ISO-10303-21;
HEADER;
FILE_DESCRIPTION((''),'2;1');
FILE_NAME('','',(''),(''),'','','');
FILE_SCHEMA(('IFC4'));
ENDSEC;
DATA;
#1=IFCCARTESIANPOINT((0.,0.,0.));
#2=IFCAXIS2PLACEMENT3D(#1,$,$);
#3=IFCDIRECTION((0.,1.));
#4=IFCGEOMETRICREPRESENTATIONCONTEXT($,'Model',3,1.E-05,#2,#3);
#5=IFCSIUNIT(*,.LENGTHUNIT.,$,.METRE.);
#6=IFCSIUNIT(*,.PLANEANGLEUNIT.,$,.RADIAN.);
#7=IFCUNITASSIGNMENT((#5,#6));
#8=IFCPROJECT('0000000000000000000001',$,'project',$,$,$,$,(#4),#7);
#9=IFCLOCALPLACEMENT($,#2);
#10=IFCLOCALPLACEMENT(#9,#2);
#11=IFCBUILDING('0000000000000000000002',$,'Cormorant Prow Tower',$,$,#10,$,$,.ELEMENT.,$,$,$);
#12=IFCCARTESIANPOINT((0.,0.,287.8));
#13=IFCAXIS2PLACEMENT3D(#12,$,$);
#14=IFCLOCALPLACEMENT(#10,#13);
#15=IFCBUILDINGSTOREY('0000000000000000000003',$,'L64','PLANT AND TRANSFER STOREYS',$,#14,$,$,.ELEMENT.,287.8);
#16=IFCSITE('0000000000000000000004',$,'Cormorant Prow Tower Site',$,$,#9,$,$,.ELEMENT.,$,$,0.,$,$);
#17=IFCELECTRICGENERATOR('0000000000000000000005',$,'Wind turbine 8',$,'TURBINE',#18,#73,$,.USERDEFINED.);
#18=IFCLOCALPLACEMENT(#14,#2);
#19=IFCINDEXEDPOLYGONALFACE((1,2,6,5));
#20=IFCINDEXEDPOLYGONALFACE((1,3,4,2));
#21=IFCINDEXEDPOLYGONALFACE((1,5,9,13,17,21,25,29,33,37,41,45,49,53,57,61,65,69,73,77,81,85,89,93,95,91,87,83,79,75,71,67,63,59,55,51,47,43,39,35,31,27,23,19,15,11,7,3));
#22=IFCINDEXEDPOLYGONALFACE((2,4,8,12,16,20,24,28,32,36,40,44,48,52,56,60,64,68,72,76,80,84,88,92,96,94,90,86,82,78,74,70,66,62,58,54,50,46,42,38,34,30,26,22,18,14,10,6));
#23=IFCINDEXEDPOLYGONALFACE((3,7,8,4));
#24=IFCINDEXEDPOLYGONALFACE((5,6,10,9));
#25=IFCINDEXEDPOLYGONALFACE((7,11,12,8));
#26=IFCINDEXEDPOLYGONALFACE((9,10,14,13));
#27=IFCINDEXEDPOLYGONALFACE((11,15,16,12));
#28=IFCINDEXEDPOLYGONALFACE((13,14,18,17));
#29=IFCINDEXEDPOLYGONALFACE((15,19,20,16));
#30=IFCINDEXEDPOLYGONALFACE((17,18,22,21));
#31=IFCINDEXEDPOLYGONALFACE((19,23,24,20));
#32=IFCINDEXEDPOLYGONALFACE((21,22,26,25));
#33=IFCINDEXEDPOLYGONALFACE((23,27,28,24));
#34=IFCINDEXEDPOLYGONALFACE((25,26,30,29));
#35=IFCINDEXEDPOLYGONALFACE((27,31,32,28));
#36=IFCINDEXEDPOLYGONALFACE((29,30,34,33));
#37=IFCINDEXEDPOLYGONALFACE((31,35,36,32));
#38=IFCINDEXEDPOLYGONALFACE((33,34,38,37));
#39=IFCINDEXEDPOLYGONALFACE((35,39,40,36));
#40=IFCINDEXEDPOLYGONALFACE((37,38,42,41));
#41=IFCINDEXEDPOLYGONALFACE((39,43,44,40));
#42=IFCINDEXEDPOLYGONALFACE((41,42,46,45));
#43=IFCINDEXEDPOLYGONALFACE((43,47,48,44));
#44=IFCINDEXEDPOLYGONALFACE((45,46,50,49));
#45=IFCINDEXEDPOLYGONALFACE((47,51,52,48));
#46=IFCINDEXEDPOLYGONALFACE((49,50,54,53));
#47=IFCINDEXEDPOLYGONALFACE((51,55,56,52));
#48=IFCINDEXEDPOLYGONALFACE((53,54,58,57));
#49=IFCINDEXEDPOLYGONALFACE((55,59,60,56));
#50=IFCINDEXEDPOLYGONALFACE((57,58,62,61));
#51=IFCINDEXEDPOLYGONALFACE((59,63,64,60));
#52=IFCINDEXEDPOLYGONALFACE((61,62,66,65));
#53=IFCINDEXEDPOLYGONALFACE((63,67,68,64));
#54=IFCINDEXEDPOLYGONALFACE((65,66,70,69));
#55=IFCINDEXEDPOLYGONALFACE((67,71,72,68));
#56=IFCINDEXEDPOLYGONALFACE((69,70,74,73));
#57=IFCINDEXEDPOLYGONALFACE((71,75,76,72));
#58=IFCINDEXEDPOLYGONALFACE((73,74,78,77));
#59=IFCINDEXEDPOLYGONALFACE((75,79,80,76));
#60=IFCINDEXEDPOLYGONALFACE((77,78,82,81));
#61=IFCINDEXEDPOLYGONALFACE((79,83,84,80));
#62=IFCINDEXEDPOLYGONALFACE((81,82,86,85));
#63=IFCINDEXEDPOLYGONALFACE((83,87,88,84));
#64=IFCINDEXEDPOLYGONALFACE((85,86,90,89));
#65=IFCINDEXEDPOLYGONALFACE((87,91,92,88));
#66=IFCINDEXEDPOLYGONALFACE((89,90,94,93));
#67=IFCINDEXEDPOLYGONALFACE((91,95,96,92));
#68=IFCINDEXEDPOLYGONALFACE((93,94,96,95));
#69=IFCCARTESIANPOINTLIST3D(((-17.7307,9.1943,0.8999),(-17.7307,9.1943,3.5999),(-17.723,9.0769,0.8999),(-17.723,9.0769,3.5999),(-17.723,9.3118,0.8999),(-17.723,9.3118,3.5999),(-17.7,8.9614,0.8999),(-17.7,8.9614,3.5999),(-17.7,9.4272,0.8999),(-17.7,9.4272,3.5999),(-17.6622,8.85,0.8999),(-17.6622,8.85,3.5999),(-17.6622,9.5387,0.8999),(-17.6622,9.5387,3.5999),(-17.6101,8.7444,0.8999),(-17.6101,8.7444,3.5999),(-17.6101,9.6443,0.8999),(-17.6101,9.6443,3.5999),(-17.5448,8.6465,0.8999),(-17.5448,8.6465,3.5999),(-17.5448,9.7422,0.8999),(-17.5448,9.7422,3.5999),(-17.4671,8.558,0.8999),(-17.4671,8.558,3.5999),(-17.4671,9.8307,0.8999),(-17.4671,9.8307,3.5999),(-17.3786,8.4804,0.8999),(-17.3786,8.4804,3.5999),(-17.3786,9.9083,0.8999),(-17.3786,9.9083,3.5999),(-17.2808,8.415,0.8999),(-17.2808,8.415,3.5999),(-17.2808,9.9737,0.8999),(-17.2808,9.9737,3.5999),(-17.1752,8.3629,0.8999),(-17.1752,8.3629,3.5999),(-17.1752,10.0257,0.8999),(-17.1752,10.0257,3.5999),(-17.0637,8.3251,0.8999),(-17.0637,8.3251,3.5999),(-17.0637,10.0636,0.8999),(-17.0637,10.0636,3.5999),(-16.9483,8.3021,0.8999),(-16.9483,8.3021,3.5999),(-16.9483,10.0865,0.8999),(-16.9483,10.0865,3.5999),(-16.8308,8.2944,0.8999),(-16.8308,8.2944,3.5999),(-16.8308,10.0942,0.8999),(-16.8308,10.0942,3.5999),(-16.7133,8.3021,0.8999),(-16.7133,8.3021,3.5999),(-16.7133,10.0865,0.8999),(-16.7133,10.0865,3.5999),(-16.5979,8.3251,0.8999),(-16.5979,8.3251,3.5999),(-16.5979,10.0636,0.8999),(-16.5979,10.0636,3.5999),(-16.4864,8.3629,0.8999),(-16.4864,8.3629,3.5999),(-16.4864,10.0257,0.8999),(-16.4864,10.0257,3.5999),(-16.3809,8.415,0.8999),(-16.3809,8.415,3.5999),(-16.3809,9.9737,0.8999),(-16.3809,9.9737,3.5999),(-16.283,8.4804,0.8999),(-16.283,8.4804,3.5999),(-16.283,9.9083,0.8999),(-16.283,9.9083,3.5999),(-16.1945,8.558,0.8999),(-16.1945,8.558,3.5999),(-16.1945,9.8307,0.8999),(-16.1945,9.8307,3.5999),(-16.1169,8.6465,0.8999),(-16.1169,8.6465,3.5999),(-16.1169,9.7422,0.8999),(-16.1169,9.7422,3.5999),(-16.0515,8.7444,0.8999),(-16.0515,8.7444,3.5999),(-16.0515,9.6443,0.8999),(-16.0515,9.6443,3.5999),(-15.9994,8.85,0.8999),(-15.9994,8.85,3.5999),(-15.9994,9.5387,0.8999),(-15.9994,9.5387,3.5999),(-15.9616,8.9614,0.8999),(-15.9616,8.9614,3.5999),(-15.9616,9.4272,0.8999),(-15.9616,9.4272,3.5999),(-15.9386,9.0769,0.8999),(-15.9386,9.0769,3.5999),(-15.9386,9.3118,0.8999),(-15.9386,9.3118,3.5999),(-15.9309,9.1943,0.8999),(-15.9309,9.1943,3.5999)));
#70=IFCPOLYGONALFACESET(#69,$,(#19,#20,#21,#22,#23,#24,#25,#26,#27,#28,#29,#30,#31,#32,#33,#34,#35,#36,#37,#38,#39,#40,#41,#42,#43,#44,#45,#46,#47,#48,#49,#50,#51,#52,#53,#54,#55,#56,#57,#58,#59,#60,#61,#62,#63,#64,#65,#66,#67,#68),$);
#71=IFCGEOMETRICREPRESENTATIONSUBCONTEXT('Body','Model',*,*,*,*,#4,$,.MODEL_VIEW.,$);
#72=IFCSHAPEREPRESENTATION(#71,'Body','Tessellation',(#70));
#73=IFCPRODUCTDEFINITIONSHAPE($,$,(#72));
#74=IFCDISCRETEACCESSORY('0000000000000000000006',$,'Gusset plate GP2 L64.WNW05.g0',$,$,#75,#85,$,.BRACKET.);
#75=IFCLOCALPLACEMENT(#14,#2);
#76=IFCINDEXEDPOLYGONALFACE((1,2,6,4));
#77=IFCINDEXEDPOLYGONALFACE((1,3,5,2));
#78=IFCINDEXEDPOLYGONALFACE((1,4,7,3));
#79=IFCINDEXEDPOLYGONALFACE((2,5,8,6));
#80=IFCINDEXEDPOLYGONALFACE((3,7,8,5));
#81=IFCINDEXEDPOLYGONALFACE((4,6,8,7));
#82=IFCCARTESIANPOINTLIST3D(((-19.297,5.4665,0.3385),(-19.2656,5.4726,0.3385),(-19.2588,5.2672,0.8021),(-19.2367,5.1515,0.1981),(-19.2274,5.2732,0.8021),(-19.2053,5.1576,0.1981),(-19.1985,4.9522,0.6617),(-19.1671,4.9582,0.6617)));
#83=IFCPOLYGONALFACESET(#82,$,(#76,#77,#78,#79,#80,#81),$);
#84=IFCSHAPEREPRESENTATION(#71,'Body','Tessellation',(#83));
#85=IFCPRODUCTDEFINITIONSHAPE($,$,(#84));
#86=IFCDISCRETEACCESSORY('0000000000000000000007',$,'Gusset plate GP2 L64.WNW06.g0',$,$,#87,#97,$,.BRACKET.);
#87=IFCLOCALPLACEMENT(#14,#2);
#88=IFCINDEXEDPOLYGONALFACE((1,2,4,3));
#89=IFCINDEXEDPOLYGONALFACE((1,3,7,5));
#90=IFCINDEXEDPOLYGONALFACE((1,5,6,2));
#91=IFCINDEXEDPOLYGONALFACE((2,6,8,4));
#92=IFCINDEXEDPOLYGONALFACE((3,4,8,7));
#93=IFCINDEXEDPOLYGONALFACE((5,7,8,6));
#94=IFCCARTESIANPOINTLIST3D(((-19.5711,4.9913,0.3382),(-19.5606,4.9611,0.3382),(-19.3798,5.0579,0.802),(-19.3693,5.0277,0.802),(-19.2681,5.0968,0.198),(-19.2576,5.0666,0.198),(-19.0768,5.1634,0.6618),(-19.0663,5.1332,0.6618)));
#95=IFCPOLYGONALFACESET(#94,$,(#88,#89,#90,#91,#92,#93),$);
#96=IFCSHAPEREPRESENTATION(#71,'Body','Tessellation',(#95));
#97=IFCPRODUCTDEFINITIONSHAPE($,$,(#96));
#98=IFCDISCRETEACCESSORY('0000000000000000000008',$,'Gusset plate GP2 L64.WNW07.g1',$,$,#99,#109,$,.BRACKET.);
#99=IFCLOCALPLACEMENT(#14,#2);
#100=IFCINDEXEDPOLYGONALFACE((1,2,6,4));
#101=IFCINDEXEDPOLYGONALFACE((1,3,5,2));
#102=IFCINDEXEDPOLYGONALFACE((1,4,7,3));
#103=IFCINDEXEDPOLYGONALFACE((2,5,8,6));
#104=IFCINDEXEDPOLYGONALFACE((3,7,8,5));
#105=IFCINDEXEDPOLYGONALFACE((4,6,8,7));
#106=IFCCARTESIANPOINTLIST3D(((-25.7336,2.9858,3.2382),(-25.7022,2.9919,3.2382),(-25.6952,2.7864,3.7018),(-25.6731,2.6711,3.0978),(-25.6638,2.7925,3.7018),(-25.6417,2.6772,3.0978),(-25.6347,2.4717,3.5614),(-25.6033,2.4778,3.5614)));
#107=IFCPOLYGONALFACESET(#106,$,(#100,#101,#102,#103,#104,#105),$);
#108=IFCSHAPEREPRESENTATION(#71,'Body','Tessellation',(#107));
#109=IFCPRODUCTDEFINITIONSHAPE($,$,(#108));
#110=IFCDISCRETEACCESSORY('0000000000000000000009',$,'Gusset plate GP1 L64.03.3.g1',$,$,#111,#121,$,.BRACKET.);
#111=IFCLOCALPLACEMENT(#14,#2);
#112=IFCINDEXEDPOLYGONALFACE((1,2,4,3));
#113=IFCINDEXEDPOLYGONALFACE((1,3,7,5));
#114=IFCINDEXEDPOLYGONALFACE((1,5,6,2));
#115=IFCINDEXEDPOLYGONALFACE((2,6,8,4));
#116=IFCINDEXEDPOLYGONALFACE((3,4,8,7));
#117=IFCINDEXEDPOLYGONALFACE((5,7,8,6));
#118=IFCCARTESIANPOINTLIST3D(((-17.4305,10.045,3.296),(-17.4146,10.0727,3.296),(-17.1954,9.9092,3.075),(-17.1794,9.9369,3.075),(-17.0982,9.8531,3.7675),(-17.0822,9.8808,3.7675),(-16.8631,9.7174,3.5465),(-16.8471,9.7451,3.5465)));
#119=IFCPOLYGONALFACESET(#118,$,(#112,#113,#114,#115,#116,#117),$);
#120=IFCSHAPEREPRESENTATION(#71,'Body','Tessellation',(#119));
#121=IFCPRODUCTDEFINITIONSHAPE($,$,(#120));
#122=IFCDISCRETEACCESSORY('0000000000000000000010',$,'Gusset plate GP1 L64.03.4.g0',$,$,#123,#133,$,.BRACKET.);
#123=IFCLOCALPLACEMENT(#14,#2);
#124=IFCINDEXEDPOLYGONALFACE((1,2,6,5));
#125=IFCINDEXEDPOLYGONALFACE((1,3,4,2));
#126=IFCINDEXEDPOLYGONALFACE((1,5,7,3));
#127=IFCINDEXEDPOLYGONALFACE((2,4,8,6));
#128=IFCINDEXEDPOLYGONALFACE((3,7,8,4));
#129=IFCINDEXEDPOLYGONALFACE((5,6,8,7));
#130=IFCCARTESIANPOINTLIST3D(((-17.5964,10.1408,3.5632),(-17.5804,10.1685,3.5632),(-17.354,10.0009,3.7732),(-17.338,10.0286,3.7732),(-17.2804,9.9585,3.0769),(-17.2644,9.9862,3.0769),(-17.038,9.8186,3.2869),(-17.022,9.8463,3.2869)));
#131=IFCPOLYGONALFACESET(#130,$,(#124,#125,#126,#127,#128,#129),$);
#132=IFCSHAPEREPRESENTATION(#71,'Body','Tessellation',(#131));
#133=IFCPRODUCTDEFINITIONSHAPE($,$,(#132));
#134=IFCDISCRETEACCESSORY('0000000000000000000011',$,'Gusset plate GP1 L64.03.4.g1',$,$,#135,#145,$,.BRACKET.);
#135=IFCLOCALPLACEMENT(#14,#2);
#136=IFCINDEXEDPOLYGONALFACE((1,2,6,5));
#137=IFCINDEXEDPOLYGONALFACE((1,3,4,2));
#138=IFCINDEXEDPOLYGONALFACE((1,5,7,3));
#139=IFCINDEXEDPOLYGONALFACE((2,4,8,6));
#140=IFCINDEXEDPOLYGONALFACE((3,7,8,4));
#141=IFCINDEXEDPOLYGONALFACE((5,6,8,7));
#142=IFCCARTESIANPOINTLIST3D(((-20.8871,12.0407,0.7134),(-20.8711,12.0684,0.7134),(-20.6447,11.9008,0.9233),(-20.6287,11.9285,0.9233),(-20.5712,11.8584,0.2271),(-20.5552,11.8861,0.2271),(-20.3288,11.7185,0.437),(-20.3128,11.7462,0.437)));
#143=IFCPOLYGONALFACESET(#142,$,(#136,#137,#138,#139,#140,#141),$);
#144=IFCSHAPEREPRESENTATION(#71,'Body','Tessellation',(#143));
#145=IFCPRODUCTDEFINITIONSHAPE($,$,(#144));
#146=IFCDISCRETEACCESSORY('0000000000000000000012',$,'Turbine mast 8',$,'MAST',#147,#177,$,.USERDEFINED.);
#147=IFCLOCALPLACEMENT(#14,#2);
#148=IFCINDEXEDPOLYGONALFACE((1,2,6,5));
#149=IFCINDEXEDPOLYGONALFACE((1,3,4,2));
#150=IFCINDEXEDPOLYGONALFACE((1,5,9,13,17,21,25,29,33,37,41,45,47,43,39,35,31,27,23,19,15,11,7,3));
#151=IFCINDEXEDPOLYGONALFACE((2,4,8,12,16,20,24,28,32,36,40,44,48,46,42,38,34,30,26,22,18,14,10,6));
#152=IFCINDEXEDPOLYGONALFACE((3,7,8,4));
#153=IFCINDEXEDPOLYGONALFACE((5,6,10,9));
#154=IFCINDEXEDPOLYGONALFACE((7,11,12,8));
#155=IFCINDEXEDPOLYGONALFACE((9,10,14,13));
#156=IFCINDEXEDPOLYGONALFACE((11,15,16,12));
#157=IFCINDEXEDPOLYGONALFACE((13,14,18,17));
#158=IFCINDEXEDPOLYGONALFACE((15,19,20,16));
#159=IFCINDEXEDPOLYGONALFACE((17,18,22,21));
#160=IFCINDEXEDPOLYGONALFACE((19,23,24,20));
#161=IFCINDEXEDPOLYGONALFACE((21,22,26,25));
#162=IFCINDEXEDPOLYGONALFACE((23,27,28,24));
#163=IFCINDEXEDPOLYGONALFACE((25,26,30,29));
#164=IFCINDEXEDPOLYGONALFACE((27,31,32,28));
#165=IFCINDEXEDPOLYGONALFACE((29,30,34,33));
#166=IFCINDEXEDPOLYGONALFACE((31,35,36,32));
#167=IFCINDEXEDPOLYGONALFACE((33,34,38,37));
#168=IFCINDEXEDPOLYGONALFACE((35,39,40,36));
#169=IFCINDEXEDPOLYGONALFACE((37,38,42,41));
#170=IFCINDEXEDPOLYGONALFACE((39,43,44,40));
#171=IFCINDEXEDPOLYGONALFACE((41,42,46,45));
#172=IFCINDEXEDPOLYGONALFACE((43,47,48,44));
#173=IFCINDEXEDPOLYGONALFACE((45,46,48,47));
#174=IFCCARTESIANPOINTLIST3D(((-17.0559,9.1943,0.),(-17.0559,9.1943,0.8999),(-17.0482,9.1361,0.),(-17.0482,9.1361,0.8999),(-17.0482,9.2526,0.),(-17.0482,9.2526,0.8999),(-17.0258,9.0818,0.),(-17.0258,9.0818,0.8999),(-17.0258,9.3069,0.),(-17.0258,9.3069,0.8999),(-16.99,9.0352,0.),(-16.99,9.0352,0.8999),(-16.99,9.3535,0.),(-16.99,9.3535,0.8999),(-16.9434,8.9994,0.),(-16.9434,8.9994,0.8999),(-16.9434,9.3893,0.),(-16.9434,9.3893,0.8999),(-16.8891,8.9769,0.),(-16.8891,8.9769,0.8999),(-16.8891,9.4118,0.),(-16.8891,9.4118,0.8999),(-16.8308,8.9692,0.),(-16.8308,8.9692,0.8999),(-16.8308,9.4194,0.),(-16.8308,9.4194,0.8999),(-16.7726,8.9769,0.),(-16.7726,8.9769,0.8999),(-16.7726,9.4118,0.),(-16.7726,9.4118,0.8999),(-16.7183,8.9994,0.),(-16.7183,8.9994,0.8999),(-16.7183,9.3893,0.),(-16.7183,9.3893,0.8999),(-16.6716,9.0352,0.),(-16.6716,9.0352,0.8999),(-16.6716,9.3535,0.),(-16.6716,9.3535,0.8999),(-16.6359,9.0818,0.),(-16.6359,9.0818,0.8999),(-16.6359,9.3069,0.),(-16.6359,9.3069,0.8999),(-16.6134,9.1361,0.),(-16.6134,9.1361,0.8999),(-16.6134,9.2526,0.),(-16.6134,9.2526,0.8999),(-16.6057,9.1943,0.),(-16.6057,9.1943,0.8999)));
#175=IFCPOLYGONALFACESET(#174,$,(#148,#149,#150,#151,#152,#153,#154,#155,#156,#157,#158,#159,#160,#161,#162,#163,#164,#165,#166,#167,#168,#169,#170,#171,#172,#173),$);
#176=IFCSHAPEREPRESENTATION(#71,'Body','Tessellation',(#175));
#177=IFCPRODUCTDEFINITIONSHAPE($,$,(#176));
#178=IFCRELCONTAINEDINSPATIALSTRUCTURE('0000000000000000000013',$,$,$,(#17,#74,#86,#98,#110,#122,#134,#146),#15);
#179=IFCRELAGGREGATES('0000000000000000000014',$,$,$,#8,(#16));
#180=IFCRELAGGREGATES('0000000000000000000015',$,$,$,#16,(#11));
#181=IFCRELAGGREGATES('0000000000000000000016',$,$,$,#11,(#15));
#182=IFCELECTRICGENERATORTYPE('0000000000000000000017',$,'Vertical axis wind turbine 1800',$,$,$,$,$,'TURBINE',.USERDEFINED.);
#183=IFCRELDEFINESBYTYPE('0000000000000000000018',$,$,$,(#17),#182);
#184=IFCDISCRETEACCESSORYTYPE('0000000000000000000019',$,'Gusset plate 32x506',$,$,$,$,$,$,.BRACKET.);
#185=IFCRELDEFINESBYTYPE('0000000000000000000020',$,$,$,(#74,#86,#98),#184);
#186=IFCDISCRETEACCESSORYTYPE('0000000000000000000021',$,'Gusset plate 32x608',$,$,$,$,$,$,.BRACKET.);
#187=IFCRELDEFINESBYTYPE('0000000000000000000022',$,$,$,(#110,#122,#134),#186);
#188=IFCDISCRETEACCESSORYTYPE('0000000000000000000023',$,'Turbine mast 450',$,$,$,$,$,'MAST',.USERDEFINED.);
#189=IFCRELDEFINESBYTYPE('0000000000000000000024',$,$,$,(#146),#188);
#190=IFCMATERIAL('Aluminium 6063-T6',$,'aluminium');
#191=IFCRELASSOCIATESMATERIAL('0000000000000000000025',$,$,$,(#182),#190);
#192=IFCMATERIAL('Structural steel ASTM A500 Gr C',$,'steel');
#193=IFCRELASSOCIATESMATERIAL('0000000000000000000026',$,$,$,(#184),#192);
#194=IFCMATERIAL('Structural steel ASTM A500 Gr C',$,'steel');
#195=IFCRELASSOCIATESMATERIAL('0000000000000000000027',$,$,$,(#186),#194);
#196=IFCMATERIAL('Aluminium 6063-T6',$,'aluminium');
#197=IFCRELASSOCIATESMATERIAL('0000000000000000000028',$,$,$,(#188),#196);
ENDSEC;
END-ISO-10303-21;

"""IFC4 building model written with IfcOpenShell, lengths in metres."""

from ifc_helpers import new_model, si_unit, direction, frame, origin, origin_2d, place, context, subcontext, project, spatial, rectangle, circle, extrude, material, material_profile, profile_set, type_object, element, save


model = new_model("IFC4")

# Units and contexts
model_context = context("Model", 3, precision=1e-05, world=origin(), true_north=direction((0.0, 1.0)))
body_context = subcontext(model_context, "Body", "Model", "MODEL_VIEW")
ifc_project = project(units=[si_unit("LENGTHUNIT", "METRE"), si_unit("PLANEANGLEUNIT", "RADIAN")], contexts=[model_context])

# Site, building, storey
site_placement = place(None, origin())
site = spatial("IfcSite", under=ifc_project, at=site_placement, Name="Cormorant Prow Tower Site", CompositionType="ELEMENT", RefElevation=0.0)
building_placement = place(site_placement, origin())
building = spatial("IfcBuilding", under=site, at=building_placement, Name="Cormorant Prow Tower", CompositionType="ELEMENT")
storey_placement = place(building_placement, frame((0.0, 0.0, 287.8)))
storey = spatial("IfcBuildingStorey", under=building, at=storey_placement, Name="L64", Description="PLANT AND TRANSFER STOREYS", CompositionType="ELEMENT", Elevation=287.8)

# Electric generator
ifc_material_1 = material(Name="Aluminium 6063-T6", Category="aluminium")
ifc_material_profile_1 = material_profile(ifc_material_1, circle(Radius=0.8999, at=origin_2d()), Name="Vertical axis wind turbine 1800")
ifc_profile_set_1 = profile_set([ifc_material_profile_1], Name="Aluminium 6063-T6")
electric_generator_type = type_object("IfcElectricGeneratorType", Name="Vertical axis wind turbine 1800", ElementType="TURBINE", PredefinedType="USERDEFINED", material=ifc_profile_set_1)
electric_generator_placement = place(storey_placement, frame((-16.8308, 9.1943, 0.8999), z_axis=(0.0, 0.0, 1.0), x_axis=(1.0, 0.0, 0.0)))
element("IfcElectricGenerator", 1, at=electric_generator_placement, inside=storey, type_object=electric_generator_type, Name="Wind turbine 8", ObjectType="TURBINE", PredefinedType="USERDEFINED", context=body_context, shape_type="SweptSolid", body=[
    extrude(circle(Radius=0.8999, at=origin_2d()), origin(), (0.0, 0.0, 1.0), 2.7),
])

# Discrete accessories
ifc_material_2 = material(Name="Structural steel ASTM A500 Gr C", Category="steel")
ifc_material_profile_2 = material_profile(ifc_material_2, rectangle(XDim=0.032, YDim=0.5061, at=origin_2d()), Name="Gusset plate 32x506")
ifc_profile_set_2 = profile_set([ifc_material_profile_2], Name="Structural steel ASTM A500 Gr C")
discrete_accessory_type_1 = type_object("IfcDiscreteAccessoryType", Name="Gusset plate 32x506", PredefinedType="BRACKET", material=ifc_profile_set_2)
for number, where, z_axis, x_axis, name in (
    (2, (-19.2622, 5.3699, 0.5703), (0.172272, -0.899718, -0.401037), (0.982158, 0.188057, 0.0), "Gusset plate GP2 L64.WNW05.g0"),
    (3, (-19.4702, 5.0095, 0.5701), (0.865448, 0.301268, -0.400296), (-0.328757, 0.944415, 0.0), "Gusset plate GP2 L64.WNW06.g0"),
):
    element("IfcDiscreteAccessory", number, at=place(storey_placement, frame(where, z_axis=z_axis, x_axis=x_axis)), inside=storey, type_object=discrete_accessory_type_1, Name=name, PredefinedType="BRACKET", context=body_context, shape_type="SweptSolid", body=[
        extrude(rectangle(XDim=0.032, YDim=0.5061, at=origin_2d()), origin(), (0.0, 0.0, 1.0), 0.3501),
    ])
discrete_accessory_1_placement = place(storey_placement, frame((-25.6382, 2.5745, 3.3296), z_axis=(-0.173057, 0.899476, 0.40124), x_axis=(-0.98199, -0.188932, 0.0)))
element("IfcDiscreteAccessory", 4, at=discrete_accessory_1_placement, inside=storey, type_object=discrete_accessory_type_1, Name="Gusset plate GP2 L64.WNW07.g1", PredefinedType="BRACKET", context=body_context, shape_type="SweptSolid", body=[
    extrude(rectangle(XDim=0.032, YDim=0.5061, at=origin_2d()), origin(), (0.0, 0.0, 1.0), 0.3499),
])
ifc_material_3 = material(Name="Structural steel ASTM A500 Gr C", Category="steel")
ifc_material_profile_3 = material_profile(ifc_material_3, rectangle(XDim=0.032, YDim=0.6079, at=origin_2d()), Name="Gusset plate 32x608")
ifc_profile_set_3 = profile_set([ifc_material_profile_3], Name="Structural steel ASTM A500 Gr C")
discrete_accessory_type_2 = type_object("IfcDiscreteAccessoryType", Name="Gusset plate 32x608", PredefinedType="BRACKET", material=ifc_profile_set_3)
discrete_accessory_2_placement = place(storey_placement, frame((-17.0212, 9.8271, 3.3108), z_axis=(-0.671683, 0.387805, 0.631229), x_axis=(-0.500008, -0.866021, 0.0)))
element("IfcDiscreteAccessory", 5, at=discrete_accessory_2_placement, inside=storey, type_object=discrete_accessory_type_2, Name="Gusset plate GP1 L64.03.3.g1", PredefinedType="BRACKET", context=body_context, shape_type="SweptSolid", body=[
    extrude(rectangle(XDim=0.032, YDim=0.6079, at=origin_2d()), origin(), (0.0, 0.0, 1.0), 0.3501),
])
for number, where, z_axis, x_axis, name in (
    (6, (-17.4304, 10.0635, 3.3201), (0.692869, -0.399813, 0.600068), (0.499798, 0.866142, 0.0), "Gusset plate GP1 L64.03.4.g0"),
    (7, (-20.4788, 11.8235, 0.6802), (-0.692869, 0.399813, -0.600068), (-0.499798, -0.866142, 0.0), "Gusset plate GP1 L64.03.4.g1"),
):
    element("IfcDiscreteAccessory", number, at=place(storey_placement, frame(where, z_axis=z_axis, x_axis=x_axis)), inside=storey, type_object=discrete_accessory_type_2, Name=name, PredefinedType="BRACKET", context=body_context, shape_type="SweptSolid", body=[
        extrude(rectangle(XDim=0.032, YDim=0.6079, at=origin_2d()), origin(), (0.0, 0.0, 1.0), 0.3499),
    ])
ifc_material_4 = material(Name="Aluminium 6063-T6", Category="aluminium")
ifc_material_profile_4 = material_profile(ifc_material_4, circle(Radius=0.2251, at=origin_2d()), Name="Turbine mast 450")
ifc_profile_set_4 = profile_set([ifc_material_profile_4], Name="Aluminium 6063-T6")
discrete_accessory_type_3 = type_object("IfcDiscreteAccessoryType", Name="Turbine mast 450", ElementType="MAST", PredefinedType="USERDEFINED", material=ifc_profile_set_4)
discrete_accessory_3_placement = place(storey_placement, frame((-16.8308, 9.1943, 0.0), z_axis=(0.0, 0.0, 1.0), x_axis=(1.0, 0.0, 0.0)))
element("IfcDiscreteAccessory", 8, at=discrete_accessory_3_placement, inside=storey, type_object=discrete_accessory_type_3, Name="Turbine mast 8", ObjectType="MAST", PredefinedType="USERDEFINED", context=body_context, shape_type="SweptSolid", body=[
    extrude(circle(Radius=0.2251, at=origin_2d()), origin(), (0.0, 0.0, 1.0), 0.8999),
])

save(model, "model.ifc")
